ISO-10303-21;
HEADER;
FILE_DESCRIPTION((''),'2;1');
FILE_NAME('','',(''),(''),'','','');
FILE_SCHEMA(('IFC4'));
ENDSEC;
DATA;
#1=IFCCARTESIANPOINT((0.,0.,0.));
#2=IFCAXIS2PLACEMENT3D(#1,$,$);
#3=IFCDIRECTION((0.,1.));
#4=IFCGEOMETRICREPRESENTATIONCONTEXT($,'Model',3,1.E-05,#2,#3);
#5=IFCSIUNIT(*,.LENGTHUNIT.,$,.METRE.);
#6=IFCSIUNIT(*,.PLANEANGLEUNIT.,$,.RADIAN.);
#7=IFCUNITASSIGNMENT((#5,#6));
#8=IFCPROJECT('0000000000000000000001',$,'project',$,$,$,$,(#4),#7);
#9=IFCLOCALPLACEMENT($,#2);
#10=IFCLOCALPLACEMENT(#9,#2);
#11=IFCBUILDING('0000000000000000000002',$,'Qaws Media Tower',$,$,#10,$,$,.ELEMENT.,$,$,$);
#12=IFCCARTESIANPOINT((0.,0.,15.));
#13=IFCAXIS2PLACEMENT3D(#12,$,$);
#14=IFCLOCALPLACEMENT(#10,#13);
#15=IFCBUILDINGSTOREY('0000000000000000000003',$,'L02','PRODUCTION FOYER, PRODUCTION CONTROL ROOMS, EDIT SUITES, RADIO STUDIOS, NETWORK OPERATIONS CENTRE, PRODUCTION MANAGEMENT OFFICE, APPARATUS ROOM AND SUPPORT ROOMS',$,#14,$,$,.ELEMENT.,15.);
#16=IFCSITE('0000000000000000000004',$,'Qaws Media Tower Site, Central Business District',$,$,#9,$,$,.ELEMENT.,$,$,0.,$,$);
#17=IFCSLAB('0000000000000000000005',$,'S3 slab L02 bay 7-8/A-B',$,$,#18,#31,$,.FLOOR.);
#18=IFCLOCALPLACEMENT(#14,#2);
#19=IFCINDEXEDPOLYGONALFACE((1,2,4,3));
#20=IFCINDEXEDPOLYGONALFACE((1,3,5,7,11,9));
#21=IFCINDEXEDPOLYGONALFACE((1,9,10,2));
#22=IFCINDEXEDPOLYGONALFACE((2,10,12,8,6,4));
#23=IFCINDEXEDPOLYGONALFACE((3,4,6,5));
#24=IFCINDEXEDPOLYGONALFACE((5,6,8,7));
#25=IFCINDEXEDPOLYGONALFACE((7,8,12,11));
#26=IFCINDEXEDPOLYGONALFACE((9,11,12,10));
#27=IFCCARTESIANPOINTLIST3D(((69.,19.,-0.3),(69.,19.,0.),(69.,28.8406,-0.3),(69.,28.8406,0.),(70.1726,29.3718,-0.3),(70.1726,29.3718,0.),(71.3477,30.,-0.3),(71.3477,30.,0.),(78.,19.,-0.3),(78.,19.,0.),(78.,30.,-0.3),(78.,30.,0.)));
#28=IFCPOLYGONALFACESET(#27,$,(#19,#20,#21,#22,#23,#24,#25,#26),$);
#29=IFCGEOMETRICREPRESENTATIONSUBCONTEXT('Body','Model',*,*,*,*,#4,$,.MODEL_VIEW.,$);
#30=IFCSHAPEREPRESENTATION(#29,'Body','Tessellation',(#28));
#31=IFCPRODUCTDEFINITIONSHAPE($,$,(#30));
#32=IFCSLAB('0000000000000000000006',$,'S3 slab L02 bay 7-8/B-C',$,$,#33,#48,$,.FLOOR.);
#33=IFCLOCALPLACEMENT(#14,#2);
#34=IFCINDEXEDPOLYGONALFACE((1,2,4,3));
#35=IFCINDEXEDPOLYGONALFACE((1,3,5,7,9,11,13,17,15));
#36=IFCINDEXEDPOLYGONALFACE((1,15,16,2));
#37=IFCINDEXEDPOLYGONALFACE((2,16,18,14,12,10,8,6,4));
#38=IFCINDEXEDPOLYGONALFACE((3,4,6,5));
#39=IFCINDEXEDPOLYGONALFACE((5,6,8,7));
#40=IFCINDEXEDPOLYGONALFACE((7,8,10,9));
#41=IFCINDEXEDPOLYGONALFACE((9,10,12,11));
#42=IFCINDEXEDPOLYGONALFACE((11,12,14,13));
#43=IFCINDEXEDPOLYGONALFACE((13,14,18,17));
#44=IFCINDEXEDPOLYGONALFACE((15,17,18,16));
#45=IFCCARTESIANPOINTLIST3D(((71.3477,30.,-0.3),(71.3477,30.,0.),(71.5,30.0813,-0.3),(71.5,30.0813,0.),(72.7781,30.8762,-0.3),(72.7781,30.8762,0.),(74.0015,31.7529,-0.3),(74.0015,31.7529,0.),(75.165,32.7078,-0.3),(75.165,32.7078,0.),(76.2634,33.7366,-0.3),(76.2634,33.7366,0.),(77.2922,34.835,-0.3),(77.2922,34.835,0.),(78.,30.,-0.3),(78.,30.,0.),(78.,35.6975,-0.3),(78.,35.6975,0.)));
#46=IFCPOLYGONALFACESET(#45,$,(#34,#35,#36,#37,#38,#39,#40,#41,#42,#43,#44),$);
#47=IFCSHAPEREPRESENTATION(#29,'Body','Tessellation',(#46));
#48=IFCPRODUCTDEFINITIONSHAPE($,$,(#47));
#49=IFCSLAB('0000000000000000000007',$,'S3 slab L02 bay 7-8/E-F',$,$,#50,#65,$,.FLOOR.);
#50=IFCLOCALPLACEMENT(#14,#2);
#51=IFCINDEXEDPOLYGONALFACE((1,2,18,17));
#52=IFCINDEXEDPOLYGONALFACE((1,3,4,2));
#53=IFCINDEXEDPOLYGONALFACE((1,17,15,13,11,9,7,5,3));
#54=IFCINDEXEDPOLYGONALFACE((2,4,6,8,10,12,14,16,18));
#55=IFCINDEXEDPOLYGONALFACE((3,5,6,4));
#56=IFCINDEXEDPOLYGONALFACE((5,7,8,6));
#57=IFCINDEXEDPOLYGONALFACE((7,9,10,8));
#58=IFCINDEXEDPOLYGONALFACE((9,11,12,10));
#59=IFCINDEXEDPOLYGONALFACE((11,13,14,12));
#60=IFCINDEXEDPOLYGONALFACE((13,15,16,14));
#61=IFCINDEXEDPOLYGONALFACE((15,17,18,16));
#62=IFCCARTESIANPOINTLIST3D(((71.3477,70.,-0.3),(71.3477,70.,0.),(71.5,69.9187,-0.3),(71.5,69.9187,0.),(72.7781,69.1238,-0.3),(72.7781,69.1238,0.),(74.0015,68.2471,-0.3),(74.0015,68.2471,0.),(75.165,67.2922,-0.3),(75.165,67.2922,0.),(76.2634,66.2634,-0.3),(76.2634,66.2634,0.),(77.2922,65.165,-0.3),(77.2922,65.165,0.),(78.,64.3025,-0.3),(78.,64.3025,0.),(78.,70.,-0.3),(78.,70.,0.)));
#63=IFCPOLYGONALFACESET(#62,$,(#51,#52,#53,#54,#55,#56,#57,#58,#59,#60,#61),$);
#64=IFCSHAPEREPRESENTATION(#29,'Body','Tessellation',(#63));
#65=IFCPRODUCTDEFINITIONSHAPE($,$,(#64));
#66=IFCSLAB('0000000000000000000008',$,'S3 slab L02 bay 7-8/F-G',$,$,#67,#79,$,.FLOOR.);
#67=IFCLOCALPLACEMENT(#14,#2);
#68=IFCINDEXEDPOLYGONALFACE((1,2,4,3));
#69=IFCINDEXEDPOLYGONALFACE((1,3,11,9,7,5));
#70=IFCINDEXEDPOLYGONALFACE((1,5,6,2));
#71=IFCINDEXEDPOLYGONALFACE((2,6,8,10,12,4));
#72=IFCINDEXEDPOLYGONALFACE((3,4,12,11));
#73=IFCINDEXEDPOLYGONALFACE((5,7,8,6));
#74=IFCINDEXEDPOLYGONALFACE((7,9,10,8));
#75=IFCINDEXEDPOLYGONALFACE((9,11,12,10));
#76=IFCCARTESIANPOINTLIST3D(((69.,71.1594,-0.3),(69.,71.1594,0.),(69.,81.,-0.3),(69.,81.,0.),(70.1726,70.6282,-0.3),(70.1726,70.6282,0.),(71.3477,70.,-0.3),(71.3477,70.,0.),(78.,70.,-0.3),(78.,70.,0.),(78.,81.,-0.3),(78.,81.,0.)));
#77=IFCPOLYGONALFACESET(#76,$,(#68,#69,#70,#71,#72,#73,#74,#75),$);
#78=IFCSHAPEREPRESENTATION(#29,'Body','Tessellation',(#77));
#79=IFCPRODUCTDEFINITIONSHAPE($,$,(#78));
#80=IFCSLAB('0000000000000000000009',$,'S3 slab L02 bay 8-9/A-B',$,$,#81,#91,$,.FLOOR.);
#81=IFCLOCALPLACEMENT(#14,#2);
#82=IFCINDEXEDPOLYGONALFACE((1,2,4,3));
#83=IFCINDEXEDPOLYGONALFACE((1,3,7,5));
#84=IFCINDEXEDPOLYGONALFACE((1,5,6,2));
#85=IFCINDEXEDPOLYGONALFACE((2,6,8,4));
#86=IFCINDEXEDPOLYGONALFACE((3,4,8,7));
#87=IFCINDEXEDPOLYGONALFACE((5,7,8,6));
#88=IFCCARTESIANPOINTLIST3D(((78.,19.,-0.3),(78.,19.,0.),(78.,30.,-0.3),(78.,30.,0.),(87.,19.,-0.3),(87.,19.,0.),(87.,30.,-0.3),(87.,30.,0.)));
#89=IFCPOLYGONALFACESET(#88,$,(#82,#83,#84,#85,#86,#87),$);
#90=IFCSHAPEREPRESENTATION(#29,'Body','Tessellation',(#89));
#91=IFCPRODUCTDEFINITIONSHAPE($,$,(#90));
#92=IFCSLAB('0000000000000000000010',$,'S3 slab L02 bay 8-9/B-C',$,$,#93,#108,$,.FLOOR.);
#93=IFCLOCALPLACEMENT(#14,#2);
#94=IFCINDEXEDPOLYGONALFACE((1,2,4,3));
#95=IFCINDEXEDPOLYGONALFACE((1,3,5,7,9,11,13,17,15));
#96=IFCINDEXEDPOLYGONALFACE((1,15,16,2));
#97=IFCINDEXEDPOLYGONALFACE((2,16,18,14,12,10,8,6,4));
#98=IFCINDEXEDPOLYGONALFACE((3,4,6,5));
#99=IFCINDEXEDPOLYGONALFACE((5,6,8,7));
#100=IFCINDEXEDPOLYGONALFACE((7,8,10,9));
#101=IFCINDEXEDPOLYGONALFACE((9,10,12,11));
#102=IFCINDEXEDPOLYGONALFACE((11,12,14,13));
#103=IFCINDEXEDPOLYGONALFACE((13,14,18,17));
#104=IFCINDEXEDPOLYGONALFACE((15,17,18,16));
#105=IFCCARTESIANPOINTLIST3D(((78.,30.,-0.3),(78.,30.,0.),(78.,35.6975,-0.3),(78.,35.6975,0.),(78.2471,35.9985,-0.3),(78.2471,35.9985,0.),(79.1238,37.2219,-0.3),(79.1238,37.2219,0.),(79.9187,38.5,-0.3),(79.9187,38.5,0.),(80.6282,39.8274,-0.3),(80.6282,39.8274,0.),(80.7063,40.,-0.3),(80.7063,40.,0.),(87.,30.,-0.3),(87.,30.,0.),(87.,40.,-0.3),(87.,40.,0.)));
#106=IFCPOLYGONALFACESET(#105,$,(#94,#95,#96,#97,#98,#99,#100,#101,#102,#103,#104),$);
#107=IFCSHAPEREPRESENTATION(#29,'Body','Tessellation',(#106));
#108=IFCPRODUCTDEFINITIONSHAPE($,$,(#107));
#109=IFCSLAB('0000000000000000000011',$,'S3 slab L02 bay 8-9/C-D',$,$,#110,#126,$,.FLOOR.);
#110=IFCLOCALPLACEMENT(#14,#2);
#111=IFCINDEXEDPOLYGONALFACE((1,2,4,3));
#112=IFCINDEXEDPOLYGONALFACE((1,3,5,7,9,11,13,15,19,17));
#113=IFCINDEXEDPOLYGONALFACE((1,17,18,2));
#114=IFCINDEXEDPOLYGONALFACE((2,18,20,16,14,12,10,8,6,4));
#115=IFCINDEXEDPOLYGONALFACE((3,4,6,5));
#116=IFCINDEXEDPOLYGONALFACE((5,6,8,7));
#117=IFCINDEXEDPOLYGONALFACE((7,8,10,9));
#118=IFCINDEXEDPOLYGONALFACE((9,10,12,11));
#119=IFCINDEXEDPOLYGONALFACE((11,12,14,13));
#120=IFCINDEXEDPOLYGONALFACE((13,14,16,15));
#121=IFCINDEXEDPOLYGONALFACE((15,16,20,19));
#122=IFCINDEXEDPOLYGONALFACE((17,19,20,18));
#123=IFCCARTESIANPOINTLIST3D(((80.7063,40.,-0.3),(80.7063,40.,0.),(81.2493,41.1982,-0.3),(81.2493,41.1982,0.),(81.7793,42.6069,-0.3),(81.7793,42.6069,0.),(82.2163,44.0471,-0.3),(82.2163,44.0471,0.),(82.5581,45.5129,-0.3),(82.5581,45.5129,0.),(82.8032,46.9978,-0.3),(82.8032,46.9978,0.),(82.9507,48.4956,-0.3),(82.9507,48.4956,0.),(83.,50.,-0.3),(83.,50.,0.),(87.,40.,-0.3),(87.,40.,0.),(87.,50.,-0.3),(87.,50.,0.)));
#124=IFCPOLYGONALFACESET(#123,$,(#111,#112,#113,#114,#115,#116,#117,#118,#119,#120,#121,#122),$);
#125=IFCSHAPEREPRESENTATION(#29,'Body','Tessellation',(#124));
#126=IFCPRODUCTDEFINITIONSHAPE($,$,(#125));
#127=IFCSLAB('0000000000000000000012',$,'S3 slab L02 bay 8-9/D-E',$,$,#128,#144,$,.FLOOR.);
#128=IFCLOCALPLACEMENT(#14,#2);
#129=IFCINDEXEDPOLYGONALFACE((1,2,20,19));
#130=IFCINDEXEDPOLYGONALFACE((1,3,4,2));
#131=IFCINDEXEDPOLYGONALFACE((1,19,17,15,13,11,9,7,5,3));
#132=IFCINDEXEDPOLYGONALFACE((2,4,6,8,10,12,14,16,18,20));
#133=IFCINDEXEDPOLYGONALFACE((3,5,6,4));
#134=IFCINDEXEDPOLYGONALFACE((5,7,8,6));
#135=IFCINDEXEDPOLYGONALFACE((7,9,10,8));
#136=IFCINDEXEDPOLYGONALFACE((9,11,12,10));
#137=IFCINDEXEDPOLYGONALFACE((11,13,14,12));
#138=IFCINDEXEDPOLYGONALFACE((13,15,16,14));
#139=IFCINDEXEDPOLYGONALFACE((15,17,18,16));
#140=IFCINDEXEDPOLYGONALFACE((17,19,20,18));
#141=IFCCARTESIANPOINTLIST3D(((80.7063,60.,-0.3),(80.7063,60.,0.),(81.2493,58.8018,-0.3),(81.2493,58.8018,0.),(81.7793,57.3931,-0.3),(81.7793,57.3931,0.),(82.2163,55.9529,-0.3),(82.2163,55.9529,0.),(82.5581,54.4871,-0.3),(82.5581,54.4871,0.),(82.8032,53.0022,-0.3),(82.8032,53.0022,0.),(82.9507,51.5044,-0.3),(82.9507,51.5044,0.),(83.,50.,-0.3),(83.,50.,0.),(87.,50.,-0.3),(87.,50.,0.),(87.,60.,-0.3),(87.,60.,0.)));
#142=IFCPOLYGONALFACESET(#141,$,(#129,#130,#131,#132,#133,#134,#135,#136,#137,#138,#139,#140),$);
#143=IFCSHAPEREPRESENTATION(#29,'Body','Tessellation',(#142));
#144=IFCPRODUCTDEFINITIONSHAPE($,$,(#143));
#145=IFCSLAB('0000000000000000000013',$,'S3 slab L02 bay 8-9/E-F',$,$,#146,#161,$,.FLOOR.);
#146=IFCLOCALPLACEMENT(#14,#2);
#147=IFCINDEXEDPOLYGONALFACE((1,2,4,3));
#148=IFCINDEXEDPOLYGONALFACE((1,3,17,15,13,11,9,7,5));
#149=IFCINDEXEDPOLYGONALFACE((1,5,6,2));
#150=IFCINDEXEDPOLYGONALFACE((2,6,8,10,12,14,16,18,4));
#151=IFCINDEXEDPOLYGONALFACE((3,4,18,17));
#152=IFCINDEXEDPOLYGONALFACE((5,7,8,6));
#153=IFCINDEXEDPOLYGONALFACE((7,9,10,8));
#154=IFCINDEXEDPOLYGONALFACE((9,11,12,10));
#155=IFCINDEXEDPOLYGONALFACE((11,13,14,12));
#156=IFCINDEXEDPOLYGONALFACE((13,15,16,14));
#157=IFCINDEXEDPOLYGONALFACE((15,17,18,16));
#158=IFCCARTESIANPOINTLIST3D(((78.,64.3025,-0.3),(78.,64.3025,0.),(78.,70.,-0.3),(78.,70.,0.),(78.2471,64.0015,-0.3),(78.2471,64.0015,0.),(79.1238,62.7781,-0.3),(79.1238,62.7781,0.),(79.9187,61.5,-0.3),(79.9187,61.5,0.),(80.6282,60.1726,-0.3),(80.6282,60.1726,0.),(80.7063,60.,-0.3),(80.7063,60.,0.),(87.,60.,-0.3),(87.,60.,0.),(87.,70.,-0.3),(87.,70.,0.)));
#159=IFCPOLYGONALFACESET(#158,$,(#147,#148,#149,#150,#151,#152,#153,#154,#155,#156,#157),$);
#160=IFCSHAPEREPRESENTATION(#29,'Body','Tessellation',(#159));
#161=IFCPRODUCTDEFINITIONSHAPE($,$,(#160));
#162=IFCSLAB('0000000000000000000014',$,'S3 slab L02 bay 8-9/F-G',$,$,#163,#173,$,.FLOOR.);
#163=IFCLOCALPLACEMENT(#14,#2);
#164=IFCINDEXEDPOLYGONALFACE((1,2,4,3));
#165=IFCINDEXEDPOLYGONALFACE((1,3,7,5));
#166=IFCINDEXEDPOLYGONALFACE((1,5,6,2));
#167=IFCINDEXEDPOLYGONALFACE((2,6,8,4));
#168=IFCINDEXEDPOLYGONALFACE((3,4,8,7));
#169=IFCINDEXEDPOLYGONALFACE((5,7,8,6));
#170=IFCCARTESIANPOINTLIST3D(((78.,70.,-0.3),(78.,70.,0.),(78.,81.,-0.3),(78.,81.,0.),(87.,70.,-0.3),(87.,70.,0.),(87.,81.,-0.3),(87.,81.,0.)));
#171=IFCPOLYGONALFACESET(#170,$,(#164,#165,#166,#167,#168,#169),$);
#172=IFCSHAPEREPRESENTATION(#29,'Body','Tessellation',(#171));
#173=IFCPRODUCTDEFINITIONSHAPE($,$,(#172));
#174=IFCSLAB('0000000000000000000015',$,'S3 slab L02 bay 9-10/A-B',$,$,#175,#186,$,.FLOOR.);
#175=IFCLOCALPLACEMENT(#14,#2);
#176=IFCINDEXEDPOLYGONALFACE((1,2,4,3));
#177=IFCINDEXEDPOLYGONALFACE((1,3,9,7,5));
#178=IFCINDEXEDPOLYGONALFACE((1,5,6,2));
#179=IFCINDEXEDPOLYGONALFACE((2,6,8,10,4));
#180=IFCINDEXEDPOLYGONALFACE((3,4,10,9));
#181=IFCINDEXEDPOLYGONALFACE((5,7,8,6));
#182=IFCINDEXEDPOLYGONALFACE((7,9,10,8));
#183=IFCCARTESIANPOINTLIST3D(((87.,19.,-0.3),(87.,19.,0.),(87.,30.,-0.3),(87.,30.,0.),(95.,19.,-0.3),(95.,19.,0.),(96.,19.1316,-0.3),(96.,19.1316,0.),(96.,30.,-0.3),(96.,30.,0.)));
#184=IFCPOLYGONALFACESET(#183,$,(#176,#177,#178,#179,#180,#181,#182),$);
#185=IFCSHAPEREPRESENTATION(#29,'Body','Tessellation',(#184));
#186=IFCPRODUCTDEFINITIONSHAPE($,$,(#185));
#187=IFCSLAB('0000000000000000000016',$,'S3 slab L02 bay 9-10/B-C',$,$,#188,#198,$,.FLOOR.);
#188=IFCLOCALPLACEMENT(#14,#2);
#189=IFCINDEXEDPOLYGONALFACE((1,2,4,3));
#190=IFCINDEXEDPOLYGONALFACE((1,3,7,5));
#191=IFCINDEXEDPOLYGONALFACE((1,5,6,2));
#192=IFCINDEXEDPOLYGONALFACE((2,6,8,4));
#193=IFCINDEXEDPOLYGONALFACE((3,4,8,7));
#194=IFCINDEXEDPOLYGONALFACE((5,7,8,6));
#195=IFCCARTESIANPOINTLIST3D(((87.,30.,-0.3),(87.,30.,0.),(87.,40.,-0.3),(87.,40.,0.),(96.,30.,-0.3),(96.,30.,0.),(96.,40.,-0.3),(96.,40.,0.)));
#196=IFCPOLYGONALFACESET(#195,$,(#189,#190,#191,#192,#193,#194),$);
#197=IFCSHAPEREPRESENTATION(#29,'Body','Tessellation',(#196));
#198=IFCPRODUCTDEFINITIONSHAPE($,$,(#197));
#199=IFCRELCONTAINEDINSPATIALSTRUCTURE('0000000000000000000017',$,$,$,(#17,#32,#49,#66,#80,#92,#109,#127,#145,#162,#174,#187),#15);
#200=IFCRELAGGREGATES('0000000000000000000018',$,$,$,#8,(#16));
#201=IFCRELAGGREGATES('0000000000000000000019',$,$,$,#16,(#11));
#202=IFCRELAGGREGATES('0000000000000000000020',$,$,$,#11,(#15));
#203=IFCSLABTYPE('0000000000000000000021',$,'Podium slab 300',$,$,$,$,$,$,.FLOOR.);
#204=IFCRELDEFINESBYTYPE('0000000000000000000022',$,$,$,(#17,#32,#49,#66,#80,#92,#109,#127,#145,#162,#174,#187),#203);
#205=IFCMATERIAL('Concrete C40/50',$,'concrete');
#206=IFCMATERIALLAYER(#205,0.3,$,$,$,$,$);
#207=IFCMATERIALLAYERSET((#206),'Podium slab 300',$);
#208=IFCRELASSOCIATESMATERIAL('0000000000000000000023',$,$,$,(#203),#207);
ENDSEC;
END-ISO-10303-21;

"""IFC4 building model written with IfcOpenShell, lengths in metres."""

from ifc_helpers import new_model, si_unit, direction, frame, origin, place, context, subcontext, project, spatial, polyline, outline, extrude, material, layer, layer_set, type_object, element, save


model = new_model("IFC4")

# Units and contexts
model_context = context("Model", 3, precision=1e-05, world=origin(), true_north=direction((0.0, 1.0)))
body_context = subcontext(model_context, "Body", "Model", "MODEL_VIEW")
ifc_project = project(units=[si_unit("LENGTHUNIT", "METRE"), si_unit("PLANEANGLEUNIT", "RADIAN")], contexts=[model_context])

# Site, building, storey
site_placement = place(None, origin())
site = spatial("IfcSite", under=ifc_project, at=site_placement, Name="Qaws Media Tower Site, Central Business District", CompositionType="ELEMENT", RefElevation=0.0)
building_placement = place(site_placement, origin())
building = spatial("IfcBuilding", under=site, at=building_placement, Name="Qaws Media Tower", CompositionType="ELEMENT")
storey_placement = place(building_placement, frame((0.0, 0.0, 15.0)))
storey = spatial("IfcBuildingStorey", under=building, at=storey_placement, Name="L02", Description="PRODUCTION FOYER, PRODUCTION CONTROL ROOMS, EDIT SUITES, RADIO STUDIOS, NETWORK OPERATIONS CENTRE, PRODUCTION MANAGEMENT OFFICE, APPARATUS ROOM AND SUPPORT ROOMS", CompositionType="ELEMENT", Elevation=15.0)

# Slabs
ifc_material = material(Name="Concrete C40/50", Category="concrete")
ifc_layer = layer(ifc_material, 0.3)
ifc_layer_set = layer_set([ifc_layer], Name="Podium slab 300")
slab_type = type_object("IfcSlabType", Name="Podium slab 300", PredefinedType="FLOOR", material=ifc_layer_set)
slab_1_placement = place(storey_placement, frame((0.0, 0.0, -0.3)))
element("IfcSlab", 1, at=slab_1_placement, inside=storey, type_object=slab_type, Name="S3 slab L02 bay 7-8/A-B", PredefinedType="FLOOR", context=body_context, shape_type="SweptSolid", body=[
    extrude(outline(polyline([(69.0, 19.0), (69.0, 28.8406), (70.1726, 29.3718), (71.3477, 30.0), (78.0, 30.0), (78.0, 19.0), (69.0, 19.0)])), origin(), (0.0, 0.0, 1.0), 0.3),
])
slab_2_placement = place(storey_placement, frame((0.0, 0.0, -0.3)))
element("IfcSlab", 2, at=slab_2_placement, inside=storey, type_object=slab_type, Name="S3 slab L02 bay 7-8/B-C", PredefinedType="FLOOR", context=body_context, shape_type="SweptSolid", body=[
    extrude(outline(polyline([(71.5, 30.0813), (72.7781, 30.8762), (74.0015, 31.7529), (75.165, 32.7078), (76.2634, 33.7366), (77.2922, 34.835), (78.0, 35.6975), (78.0, 30.0), (71.3477, 30.0), (71.5, 30.0813)])), origin(), (0.0, 0.0, 1.0), 0.3),
])
slab_3_placement = place(storey_placement, frame((0.0, 0.0, -0.3)))
element("IfcSlab", 3, at=slab_3_placement, inside=storey, type_object=slab_type, Name="S3 slab L02 bay 7-8/E-F", PredefinedType="FLOOR", context=body_context, shape_type="SweptSolid", body=[
    extrude(outline(polyline([(77.2922, 65.165), (76.2634, 66.2634), (75.165, 67.2922), (74.0015, 68.2471), (72.7781, 69.1238), (71.5, 69.9187), (71.3477, 70.0), (78.0, 70.0), (78.0, 64.3025), (77.2922, 65.165)])), origin(), (0.0, 0.0, 1.0), 0.3),
])
slab_4_placement = place(storey_placement, frame((0.0, 0.0, -0.3)))
element("IfcSlab", 4, at=slab_4_placement, inside=storey, type_object=slab_type, Name="S3 slab L02 bay 7-8/F-G", PredefinedType="FLOOR", context=body_context, shape_type="SweptSolid", body=[
    extrude(outline(polyline([(78.0, 81.0), (78.0, 70.0), (71.3477, 70.0), (70.1726, 70.6282), (69.0, 71.1594), (69.0, 81.0), (78.0, 81.0)])), origin(), (0.0, 0.0, 1.0), 0.3),
])
slab_5_placement = place(storey_placement, frame((0.0, 0.0, -0.3)))
element("IfcSlab", 5, at=slab_5_placement, inside=storey, type_object=slab_type, Name="S3 slab L02 bay 8-9/A-B", PredefinedType="FLOOR", context=body_context, shape_type="SweptSolid", body=[
    extrude(outline(polyline([(78.0, 19.0), (78.0, 30.0), (87.0, 30.0), (87.0, 19.0), (78.0, 19.0)])), origin(), (0.0, 0.0, 1.0), 0.3),
])
slab_6_placement = place(storey_placement, frame((0.0, 0.0, -0.3)))
element("IfcSlab", 6, at=slab_6_placement, inside=storey, type_object=slab_type, Name="S3 slab L02 bay 8-9/B-C", PredefinedType="FLOOR", context=body_context, shape_type="SweptSolid", body=[
    extrude(outline(polyline([(78.2471, 35.9985), (79.1238, 37.2219), (79.9187, 38.5), (80.6282, 39.8274), (80.7063, 40.0), (87.0, 40.0), (87.0, 30.0), (78.0, 30.0), (78.0, 35.6975), (78.2471, 35.9985)])), origin(), (0.0, 0.0, 1.0), 0.3),
])
slab_7_placement = place(storey_placement, frame((0.0, 0.0, -0.3)))
element("IfcSlab", 7, at=slab_7_placement, inside=storey, type_object=slab_type, Name="S3 slab L02 bay 8-9/C-D", PredefinedType="FLOOR", context=body_context, shape_type="SweptSolid", body=[
    extrude(outline(polyline([(81.2493, 41.1982), (81.7793, 42.6069), (82.2163, 44.0471), (82.5581, 45.5129), (82.8032, 46.9978), (82.9507, 48.4956), (83.0, 50.0), (87.0, 50.0), (87.0, 40.0), (80.7063, 40.0), (81.2493, 41.1982)])), origin(), (0.0, 0.0, 1.0), 0.3),
])
slab_8_placement = place(storey_placement, frame((0.0, 0.0, -0.3)))
element("IfcSlab", 8, at=slab_8_placement, inside=storey, type_object=slab_type, Name="S3 slab L02 bay 8-9/D-E", PredefinedType="FLOOR", context=body_context, shape_type="SweptSolid", body=[
    extrude(outline(polyline([(82.2163, 55.9529), (81.7793, 57.3931), (81.2493, 58.8018), (80.7063, 60.0), (87.0, 60.0), (87.0, 50.0), (83.0, 50.0), (82.9507, 51.5044), (82.8032, 53.0022), (82.5581, 54.4871), (82.2163, 55.9529)])), origin(), (0.0, 0.0, 1.0), 0.3),
])
slab_9_placement = place(storey_placement, frame((0.0, 0.0, -0.3)))
element("IfcSlab", 9, at=slab_9_placement, inside=storey, type_object=slab_type, Name="S3 slab L02 bay 8-9/E-F", PredefinedType="FLOOR", context=body_context, shape_type="SweptSolid", body=[
    extrude(outline(polyline([(80.6282, 60.1726), (79.9187, 61.5), (79.1238, 62.7781), (78.2471, 64.0015), (78.0, 64.3025), (78.0, 70.0), (87.0, 70.0), (87.0, 60.0), (80.7063, 60.0), (80.6282, 60.1726)])), origin(), (0.0, 0.0, 1.0), 0.3),
])
slab_10_placement = place(storey_placement, frame((0.0, 0.0, -0.3)))
element("IfcSlab", 10, at=slab_10_placement, inside=storey, type_object=slab_type, Name="S3 slab L02 bay 8-9/F-G", PredefinedType="FLOOR", context=body_context, shape_type="SweptSolid", body=[
    extrude(outline(polyline([(87.0, 81.0), (87.0, 70.0), (78.0, 70.0), (78.0, 81.0), (87.0, 81.0)])), origin(), (0.0, 0.0, 1.0), 0.3),
])
slab_11_placement = place(storey_placement, frame((0.0, 0.0, -0.3)))
element("IfcSlab", 11, at=slab_11_placement, inside=storey, type_object=slab_type, Name="S3 slab L02 bay 9-10/A-B", PredefinedType="FLOOR", context=body_context, shape_type="SweptSolid", body=[
    extrude(outline(polyline([(95.0, 19.0), (87.0, 19.0), (87.0, 30.0), (96.0, 30.0), (96.0, 19.1316), (95.0, 19.0)])), origin(), (0.0, 0.0, 1.0), 0.3),
])
slab_12_placement = place(storey_placement, frame((0.0, 0.0, -0.3)))
element("IfcSlab", 12, at=slab_12_placement, inside=storey, type_object=slab_type, Name="S3 slab L02 bay 9-10/B-C", PredefinedType="FLOOR", context=body_context, shape_type="SweptSolid", body=[
    extrude(outline(polyline([(87.0, 30.0), (87.0, 40.0), (96.0, 40.0), (96.0, 30.0), (87.0, 30.0)])), origin(), (0.0, 0.0, 1.0), 0.3),
])

save(model, "model.ifc")
